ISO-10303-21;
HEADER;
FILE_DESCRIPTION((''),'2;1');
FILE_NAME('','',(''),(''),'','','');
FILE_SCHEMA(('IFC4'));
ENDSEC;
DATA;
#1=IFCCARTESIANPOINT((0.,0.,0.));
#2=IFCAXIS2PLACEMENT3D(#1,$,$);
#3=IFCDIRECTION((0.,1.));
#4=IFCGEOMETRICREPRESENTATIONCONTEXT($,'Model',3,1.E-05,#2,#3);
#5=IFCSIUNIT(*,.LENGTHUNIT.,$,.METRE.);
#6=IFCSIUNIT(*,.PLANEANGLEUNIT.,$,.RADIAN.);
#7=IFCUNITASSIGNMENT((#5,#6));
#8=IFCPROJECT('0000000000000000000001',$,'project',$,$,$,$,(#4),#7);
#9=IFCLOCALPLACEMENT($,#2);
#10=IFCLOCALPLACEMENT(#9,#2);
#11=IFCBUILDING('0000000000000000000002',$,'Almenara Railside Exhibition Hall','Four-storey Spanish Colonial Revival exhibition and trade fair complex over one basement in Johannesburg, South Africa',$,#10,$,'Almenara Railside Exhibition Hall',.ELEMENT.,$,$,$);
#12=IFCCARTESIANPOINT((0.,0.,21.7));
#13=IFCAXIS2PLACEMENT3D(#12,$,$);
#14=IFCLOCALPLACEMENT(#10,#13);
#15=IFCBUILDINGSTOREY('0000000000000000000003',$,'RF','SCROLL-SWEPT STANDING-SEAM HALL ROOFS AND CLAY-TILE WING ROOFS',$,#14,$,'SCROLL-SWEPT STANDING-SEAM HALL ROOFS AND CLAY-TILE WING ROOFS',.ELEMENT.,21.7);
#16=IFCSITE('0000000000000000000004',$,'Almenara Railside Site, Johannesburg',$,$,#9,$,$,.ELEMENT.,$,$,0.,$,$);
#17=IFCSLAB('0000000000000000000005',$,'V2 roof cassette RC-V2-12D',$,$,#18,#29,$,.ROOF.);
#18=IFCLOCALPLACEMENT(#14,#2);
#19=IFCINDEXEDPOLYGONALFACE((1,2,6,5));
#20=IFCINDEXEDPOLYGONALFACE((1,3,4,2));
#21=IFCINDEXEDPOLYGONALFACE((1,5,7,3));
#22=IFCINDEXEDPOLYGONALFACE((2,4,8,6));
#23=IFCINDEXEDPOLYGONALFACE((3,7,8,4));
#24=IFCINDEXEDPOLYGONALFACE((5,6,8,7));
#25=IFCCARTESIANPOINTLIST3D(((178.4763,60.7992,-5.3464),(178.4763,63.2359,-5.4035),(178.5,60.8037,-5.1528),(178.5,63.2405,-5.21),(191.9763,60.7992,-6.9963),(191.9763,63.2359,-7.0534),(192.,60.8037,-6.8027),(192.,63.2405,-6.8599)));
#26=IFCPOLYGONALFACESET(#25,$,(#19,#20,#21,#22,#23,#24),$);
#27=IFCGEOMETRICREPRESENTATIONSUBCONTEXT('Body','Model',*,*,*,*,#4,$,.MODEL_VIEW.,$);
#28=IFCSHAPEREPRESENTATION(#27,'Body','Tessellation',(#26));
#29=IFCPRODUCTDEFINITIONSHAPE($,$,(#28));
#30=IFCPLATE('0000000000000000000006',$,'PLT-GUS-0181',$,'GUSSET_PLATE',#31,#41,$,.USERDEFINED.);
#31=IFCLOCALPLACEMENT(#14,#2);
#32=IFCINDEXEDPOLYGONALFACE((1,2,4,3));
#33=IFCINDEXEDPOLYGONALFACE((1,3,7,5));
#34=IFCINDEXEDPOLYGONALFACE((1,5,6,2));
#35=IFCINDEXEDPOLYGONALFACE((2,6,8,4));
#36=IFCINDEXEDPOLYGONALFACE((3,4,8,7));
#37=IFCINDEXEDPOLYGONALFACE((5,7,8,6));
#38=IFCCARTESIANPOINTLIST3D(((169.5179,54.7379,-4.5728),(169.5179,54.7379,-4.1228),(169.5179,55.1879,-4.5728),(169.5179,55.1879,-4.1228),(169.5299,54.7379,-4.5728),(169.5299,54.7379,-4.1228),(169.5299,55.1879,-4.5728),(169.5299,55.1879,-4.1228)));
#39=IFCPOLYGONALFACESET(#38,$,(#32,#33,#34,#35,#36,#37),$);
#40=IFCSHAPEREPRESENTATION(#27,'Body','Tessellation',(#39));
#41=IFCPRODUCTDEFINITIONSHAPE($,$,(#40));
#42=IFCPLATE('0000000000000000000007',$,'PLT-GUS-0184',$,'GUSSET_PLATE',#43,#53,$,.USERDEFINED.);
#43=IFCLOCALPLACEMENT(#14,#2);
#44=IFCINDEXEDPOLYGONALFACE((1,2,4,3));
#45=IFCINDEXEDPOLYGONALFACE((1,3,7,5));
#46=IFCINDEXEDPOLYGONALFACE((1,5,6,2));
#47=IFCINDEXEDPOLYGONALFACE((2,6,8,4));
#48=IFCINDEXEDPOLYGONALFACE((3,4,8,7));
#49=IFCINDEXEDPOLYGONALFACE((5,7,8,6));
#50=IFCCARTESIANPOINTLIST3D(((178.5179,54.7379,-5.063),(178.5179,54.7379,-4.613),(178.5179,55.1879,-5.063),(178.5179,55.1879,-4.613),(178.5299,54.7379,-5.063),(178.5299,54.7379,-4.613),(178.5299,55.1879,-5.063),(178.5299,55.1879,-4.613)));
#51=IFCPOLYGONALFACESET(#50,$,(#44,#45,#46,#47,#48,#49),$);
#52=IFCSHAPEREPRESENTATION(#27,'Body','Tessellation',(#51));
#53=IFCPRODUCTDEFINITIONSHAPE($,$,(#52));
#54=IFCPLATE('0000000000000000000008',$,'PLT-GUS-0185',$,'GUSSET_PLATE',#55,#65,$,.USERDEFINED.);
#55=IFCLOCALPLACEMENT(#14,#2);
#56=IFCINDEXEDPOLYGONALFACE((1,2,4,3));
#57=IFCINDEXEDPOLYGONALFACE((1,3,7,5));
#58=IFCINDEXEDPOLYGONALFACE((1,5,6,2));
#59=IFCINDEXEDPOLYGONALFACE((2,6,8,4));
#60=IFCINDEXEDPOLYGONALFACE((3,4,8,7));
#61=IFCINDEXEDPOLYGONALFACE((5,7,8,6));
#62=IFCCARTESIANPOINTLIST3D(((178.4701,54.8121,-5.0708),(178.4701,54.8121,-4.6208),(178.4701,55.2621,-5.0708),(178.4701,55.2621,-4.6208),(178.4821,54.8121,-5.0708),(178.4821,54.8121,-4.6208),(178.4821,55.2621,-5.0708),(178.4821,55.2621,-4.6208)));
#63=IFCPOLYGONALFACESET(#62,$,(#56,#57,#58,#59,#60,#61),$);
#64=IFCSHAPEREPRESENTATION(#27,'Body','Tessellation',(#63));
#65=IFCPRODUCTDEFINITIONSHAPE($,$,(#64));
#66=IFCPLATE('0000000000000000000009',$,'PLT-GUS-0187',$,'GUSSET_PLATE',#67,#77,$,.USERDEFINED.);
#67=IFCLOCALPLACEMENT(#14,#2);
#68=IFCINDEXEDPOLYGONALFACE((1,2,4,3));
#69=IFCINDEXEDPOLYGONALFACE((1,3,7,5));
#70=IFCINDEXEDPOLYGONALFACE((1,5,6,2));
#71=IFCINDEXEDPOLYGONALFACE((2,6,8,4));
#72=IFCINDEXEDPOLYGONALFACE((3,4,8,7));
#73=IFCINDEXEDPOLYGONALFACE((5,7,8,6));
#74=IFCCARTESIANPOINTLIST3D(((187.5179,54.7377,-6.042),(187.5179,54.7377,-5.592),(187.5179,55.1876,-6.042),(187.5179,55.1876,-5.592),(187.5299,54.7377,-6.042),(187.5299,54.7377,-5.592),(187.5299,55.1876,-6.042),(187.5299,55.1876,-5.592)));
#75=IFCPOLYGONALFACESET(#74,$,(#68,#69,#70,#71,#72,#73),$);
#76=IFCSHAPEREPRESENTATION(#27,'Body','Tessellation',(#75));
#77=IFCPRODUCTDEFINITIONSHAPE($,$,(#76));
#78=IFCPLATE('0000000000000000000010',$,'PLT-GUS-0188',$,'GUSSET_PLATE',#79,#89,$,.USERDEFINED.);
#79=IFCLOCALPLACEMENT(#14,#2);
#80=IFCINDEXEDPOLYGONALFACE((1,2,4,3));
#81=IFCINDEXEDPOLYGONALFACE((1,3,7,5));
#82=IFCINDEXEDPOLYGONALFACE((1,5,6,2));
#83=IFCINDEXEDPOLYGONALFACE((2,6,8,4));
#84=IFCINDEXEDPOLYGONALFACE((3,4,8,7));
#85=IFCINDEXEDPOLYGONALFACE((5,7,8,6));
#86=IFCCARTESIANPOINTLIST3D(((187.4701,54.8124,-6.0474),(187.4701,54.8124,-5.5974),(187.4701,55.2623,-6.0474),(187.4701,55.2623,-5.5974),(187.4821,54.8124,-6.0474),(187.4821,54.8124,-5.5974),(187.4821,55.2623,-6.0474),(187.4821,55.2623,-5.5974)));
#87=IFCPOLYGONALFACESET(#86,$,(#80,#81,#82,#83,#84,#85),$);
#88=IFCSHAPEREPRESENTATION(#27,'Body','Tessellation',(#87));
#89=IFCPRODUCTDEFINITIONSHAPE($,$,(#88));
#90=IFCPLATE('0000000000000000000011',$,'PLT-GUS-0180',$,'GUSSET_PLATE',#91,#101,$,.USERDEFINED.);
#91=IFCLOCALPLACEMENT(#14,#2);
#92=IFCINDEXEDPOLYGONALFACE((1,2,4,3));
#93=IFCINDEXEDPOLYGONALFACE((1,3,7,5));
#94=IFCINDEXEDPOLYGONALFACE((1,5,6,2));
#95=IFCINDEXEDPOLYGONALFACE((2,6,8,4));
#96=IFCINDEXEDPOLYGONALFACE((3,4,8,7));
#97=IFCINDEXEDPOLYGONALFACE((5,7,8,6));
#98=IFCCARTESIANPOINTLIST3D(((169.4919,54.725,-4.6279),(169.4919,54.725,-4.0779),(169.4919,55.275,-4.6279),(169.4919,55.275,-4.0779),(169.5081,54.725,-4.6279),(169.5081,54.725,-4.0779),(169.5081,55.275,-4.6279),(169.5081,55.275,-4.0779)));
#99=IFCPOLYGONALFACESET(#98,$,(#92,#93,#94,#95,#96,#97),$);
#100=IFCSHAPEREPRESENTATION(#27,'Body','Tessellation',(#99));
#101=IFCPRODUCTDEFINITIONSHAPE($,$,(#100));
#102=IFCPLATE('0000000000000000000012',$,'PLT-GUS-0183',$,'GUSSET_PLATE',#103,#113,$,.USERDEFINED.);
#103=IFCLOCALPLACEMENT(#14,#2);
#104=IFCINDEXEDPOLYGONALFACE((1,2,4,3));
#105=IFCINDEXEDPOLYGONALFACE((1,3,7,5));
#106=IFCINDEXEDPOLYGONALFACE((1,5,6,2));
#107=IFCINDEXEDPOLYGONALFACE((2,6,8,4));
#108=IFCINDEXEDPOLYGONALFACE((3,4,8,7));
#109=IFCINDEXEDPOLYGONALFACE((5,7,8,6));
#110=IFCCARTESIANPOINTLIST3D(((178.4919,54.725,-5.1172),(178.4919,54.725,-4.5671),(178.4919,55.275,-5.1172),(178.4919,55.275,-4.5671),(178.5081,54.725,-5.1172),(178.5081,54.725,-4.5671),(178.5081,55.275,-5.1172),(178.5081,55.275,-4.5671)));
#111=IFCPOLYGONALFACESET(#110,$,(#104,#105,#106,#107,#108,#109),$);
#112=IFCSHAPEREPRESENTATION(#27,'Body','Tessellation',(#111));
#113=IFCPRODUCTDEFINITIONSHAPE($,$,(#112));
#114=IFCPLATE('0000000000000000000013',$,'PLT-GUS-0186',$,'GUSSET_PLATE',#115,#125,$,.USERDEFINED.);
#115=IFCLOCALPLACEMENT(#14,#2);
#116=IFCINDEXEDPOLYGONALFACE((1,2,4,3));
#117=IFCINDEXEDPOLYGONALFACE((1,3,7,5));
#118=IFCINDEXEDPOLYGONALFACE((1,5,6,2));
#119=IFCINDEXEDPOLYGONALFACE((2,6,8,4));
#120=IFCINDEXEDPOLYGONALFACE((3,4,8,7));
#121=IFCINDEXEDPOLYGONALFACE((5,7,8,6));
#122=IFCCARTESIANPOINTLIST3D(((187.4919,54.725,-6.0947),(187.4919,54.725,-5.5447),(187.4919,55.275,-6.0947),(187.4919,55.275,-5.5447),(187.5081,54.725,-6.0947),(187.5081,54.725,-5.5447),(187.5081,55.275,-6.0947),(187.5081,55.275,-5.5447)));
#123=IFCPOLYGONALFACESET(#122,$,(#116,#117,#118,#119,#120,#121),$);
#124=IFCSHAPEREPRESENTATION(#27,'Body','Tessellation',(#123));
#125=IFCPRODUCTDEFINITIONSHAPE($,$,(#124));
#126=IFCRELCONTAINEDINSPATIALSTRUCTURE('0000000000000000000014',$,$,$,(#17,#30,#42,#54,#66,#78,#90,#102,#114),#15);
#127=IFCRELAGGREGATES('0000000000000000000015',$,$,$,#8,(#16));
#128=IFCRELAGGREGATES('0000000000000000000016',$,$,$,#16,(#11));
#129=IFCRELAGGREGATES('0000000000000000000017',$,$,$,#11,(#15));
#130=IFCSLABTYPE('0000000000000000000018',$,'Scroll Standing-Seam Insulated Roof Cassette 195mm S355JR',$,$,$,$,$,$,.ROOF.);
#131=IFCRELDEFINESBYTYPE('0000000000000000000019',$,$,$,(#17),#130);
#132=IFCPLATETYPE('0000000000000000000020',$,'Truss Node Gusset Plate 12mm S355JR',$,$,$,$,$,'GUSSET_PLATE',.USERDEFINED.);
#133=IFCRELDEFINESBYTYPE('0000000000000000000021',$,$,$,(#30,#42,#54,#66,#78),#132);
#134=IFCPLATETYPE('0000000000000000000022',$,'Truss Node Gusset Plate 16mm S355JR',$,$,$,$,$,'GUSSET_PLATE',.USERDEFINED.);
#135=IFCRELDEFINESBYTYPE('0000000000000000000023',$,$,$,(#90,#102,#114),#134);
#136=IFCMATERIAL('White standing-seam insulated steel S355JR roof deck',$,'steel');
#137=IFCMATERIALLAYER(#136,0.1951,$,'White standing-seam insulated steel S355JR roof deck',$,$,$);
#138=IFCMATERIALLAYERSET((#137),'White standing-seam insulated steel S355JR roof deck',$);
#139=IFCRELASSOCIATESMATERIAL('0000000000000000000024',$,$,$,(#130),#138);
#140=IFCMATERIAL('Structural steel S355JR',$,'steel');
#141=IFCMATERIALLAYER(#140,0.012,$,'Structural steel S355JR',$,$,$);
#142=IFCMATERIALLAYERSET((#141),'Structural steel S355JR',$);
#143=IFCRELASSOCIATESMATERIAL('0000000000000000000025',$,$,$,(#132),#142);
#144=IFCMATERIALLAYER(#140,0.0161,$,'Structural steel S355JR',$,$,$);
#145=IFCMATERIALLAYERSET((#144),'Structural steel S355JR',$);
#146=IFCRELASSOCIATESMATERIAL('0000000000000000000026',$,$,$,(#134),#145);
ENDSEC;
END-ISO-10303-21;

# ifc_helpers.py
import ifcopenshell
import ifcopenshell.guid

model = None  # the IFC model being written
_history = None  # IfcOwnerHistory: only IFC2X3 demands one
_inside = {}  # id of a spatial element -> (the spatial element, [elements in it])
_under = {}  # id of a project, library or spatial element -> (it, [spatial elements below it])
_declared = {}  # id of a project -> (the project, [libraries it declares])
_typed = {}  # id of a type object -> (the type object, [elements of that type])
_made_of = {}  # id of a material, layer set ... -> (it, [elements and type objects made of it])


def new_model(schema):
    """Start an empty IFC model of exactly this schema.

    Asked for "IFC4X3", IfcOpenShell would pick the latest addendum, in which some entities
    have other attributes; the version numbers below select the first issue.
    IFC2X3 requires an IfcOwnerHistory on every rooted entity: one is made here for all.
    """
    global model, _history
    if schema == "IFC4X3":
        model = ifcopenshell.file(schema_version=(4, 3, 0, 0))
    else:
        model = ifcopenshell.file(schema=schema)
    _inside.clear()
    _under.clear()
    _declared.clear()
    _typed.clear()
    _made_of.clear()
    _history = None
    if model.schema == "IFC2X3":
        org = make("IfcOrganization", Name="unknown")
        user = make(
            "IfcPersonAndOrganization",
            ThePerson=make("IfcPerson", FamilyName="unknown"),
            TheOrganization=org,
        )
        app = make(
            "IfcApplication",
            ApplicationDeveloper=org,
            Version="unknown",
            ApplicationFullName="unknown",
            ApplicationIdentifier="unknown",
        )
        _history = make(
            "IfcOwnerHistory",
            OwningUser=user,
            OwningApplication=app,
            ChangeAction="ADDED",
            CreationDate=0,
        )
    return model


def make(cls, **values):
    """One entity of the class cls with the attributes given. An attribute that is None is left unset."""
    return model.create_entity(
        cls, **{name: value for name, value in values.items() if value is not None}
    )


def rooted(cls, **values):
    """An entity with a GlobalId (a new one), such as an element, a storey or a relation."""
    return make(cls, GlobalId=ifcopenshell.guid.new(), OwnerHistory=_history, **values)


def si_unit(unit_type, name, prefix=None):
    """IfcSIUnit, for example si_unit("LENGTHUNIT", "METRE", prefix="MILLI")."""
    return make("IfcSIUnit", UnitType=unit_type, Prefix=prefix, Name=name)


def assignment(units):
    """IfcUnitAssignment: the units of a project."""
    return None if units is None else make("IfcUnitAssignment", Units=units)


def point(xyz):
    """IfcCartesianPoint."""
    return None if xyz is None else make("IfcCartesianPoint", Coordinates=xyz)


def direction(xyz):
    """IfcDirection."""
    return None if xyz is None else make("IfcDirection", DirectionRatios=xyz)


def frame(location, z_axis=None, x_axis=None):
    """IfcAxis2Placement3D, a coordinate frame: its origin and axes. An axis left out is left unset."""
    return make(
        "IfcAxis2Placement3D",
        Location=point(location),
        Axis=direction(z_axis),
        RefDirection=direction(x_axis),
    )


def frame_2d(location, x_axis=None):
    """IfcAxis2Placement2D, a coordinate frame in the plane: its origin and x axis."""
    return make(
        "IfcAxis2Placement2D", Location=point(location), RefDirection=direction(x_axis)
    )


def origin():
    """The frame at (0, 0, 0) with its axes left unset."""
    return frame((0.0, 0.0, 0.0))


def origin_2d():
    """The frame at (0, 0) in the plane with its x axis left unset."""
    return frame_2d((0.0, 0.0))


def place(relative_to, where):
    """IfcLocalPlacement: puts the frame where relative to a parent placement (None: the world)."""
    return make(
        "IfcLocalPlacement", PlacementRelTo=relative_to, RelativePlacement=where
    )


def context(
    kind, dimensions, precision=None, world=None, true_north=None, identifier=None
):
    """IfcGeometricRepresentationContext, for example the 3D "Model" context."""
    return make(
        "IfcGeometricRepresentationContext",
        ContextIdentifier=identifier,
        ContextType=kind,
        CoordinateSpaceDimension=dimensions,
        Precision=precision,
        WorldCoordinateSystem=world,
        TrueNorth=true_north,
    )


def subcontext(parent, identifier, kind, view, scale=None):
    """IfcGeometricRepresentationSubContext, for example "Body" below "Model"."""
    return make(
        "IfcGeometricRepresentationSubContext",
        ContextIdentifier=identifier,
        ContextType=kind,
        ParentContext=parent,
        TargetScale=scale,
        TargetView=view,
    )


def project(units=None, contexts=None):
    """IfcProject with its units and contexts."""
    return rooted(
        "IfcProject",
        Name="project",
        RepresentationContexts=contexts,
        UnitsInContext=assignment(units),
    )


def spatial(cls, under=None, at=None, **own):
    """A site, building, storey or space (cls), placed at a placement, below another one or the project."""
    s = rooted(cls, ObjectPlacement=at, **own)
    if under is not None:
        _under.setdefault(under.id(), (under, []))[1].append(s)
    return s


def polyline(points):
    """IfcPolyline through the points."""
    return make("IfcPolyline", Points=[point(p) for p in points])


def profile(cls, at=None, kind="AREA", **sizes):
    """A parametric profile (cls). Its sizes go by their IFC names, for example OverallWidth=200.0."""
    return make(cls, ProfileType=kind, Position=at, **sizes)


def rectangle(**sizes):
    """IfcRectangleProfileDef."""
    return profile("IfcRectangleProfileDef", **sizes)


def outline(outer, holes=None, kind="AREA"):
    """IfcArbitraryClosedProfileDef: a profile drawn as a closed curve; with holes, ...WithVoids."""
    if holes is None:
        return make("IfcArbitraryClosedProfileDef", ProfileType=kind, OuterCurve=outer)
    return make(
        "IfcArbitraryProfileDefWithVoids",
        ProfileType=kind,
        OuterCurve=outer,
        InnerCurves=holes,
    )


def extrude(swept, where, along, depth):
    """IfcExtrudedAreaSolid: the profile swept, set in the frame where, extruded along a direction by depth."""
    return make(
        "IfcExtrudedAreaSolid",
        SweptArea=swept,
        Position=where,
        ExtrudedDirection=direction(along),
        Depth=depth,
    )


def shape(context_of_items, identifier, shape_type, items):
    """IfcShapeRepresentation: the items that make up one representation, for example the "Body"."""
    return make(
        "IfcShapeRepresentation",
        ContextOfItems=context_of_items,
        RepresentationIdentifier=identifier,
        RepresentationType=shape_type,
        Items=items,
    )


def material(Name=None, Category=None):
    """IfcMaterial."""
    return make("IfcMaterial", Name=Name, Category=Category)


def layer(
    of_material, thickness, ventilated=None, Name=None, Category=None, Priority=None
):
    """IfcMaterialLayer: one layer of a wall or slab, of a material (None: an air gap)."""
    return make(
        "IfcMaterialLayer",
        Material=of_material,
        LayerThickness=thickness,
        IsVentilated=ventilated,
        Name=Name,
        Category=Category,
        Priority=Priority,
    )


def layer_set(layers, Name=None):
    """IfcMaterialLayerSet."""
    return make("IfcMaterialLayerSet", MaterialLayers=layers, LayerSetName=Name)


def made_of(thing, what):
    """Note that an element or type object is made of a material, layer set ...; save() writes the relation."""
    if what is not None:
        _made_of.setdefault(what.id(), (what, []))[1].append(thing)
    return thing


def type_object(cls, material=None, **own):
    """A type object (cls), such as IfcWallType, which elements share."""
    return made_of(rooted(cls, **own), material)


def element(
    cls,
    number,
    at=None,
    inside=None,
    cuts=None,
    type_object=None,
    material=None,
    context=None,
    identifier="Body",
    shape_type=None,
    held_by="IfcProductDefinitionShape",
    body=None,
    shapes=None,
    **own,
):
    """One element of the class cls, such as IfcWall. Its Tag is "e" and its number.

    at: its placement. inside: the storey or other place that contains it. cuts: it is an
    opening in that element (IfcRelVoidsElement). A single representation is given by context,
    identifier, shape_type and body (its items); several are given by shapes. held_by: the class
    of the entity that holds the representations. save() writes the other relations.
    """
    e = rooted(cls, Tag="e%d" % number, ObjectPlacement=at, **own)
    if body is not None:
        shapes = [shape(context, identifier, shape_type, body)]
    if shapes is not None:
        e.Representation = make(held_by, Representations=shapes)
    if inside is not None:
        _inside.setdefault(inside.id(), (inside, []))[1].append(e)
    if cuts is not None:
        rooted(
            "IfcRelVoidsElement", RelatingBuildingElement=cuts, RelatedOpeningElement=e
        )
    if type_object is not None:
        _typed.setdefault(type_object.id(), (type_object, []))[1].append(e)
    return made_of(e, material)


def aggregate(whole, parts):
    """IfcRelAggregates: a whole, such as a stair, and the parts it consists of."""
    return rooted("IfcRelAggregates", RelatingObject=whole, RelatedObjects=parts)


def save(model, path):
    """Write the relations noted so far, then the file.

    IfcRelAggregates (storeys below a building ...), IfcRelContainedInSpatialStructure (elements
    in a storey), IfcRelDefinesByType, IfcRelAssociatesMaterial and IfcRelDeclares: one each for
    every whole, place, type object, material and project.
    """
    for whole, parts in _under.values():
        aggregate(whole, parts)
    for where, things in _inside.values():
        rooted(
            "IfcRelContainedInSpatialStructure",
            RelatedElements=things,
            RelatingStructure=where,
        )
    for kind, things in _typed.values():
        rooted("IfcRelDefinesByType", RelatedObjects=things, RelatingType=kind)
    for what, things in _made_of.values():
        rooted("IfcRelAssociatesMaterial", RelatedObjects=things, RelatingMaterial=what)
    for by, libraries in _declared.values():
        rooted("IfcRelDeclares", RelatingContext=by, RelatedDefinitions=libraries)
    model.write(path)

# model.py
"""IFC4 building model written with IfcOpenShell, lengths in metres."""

from ifc_helpers import new_model, si_unit, direction, frame, origin, origin_2d, place, context, subcontext, project, spatial, polyline, rectangle, outline, extrude, material, layer, layer_set, type_object, element, save


model = new_model("IFC4")

# Units and contexts
model_context = context("Model", 3, precision=1e-05, world=origin(), true_north=direction((0.0, 1.0)))
body_context = subcontext(model_context, "Body", "Model", "MODEL_VIEW")
ifc_project = project(units=[si_unit("LENGTHUNIT", "METRE"), si_unit("PLANEANGLEUNIT", "RADIAN")], contexts=[model_context])

# Site, building, storey
site_placement = place(None, origin())
site = spatial("IfcSite", under=ifc_project, at=site_placement, Name="Almenara Railside Site, Johannesburg", CompositionType="ELEMENT", RefElevation=0.0)
building_placement = place(site_placement, origin())
building = spatial("IfcBuilding", under=site, at=building_placement, Name="Almenara Railside Exhibition Hall", Description="Four-storey Spanish Colonial Revival exhibition and trade fair complex over one basement in Johannesburg, South Africa", LongName="Almenara Railside Exhibition Hall", CompositionType="ELEMENT")
storey_placement = place(building_placement, frame((0.0, 0.0, 21.7)))
storey = spatial("IfcBuildingStorey", under=building, at=storey_placement, Name="RF", Description="SCROLL-SWEPT STANDING-SEAM HALL ROOFS AND CLAY-TILE WING ROOFS", LongName="SCROLL-SWEPT STANDING-SEAM HALL ROOFS AND CLAY-TILE WING ROOFS", CompositionType="ELEMENT", Elevation=21.7)

# Shared definitions
ifc_material_1 = material(Name="Structural steel S355JR", Category="steel")

# Slab
ifc_material_2 = material(Name="White standing-seam insulated steel S355JR roof deck", Category="steel")
ifc_layer_1 = layer(ifc_material_2, 0.1951, Name="White standing-seam insulated steel S355JR roof deck")
ifc_layer_set_1 = layer_set([ifc_layer_1], Name="White standing-seam insulated steel S355JR roof deck")
slab_type = type_object("IfcSlabType", Name="Scroll Standing-Seam Insulated Roof Cassette 195mm S355JR", PredefinedType="ROOF", material=ifc_layer_set_1)
slab_1_placement = place(storey_placement, frame((178.5, 60.8037, -5.1528), z_axis=(0.12128, 0.023265, 0.992346), x_axis=(0.992614, 0.0, -0.121312)))
element("IfcSlab", 1, at=slab_1_placement, inside=storey, type_object=slab_type, Name="V2 roof cassette RC-V2-12D", PredefinedType="ROOF", context=body_context, shape_type="SweptSolid", body=[
    extrude(outline(polyline([(0.0, 0.0), (13.6004, 0.0), (13.6074, 2.4374), (0.0069, 2.4374), (0.0, 0.0)])), origin(), (0.0, 0.0, -1.0), 0.1951),
])

# Plates
ifc_layer_2 = layer(ifc_material_1, 0.012, Name="Structural steel S355JR")
ifc_layer_set_2 = layer_set([ifc_layer_2], Name="Structural steel S355JR")
plate_type_1 = type_object("IfcPlateType", Name="Truss Node Gusset Plate 12mm S355JR", ElementType="GUSSET_PLATE", PredefinedType="USERDEFINED", material=ifc_layer_set_2)
for number, where, z_axis, x_axis, name in (
    (2, (169.5239, 54.9629, -4.5728), (0.0, 0.0, 1.0), (0.0, 1.0, 0.0), "PLT-GUS-0181"),
    (3, (178.5239, 54.9629, -5.063), (0.0, 0.0, 1.0), (0.0, 1.0, 0.0), "PLT-GUS-0184"),
    (4, (178.4761, 55.0371, -5.0708), (0.0, 0.0, 1.0), (0.0, 1.0, 0.0), "PLT-GUS-0185"),
    (5, (187.5239, 54.9626, -6.042), (0.0, 0.0, 1.0), (0.0, 1.0, 0.0), "PLT-GUS-0187"),
    (6, (187.4761, 55.0374, -6.0474), (0.0, 0.0, 1.0), (0.0, 1.0, 0.0), "PLT-GUS-0188"),
):
    element("IfcPlate", number, at=place(storey_placement, frame(where, z_axis=z_axis, x_axis=x_axis)), inside=storey, type_object=plate_type_1, Name=name, ObjectType="GUSSET_PLATE", PredefinedType="USERDEFINED", context=body_context, shape_type="SweptSolid", body=[
        extrude(rectangle(XDim=0.45, YDim=0.012, at=origin_2d()), origin(), (0.0, 0.0, 1.0), 0.45),
    ])
ifc_layer_3 = layer(ifc_material_1, 0.0161, Name="Structural steel S355JR")
ifc_layer_set_3 = layer_set([ifc_layer_3], Name="Structural steel S355JR")
plate_type_2 = type_object("IfcPlateType", Name="Truss Node Gusset Plate 16mm S355JR", ElementType="GUSSET_PLATE", PredefinedType="USERDEFINED", material=ifc_layer_set_3)
for number, where, z_axis, x_axis, name in (
    (7, (169.5, 55.0, -4.6279), (0.0, 0.0, 1.0), (0.0, 1.0, 0.0), "PLT-GUS-0180"),
    (8, (178.5, 55.0, -5.1172), (0.0, 0.0, 1.0), (0.0, 1.0, 0.0), "PLT-GUS-0183"),
    (9, (187.5, 55.0, -6.0947), (0.0, 0.0, 1.0), (0.0, 1.0, 0.0), "PLT-GUS-0186"),
):
    element("IfcPlate", number, at=place(storey_placement, frame(where, z_axis=z_axis, x_axis=x_axis)), inside=storey, type_object=plate_type_2, Name=name, ObjectType="GUSSET_PLATE", PredefinedType="USERDEFINED", context=body_context, shape_type="SweptSolid", body=[
        extrude(rectangle(XDim=0.55, YDim=0.0161, at=origin_2d()), origin(), (0.0, 0.0, 1.0), 0.55),
    ])

save(model, "model.ifc")
